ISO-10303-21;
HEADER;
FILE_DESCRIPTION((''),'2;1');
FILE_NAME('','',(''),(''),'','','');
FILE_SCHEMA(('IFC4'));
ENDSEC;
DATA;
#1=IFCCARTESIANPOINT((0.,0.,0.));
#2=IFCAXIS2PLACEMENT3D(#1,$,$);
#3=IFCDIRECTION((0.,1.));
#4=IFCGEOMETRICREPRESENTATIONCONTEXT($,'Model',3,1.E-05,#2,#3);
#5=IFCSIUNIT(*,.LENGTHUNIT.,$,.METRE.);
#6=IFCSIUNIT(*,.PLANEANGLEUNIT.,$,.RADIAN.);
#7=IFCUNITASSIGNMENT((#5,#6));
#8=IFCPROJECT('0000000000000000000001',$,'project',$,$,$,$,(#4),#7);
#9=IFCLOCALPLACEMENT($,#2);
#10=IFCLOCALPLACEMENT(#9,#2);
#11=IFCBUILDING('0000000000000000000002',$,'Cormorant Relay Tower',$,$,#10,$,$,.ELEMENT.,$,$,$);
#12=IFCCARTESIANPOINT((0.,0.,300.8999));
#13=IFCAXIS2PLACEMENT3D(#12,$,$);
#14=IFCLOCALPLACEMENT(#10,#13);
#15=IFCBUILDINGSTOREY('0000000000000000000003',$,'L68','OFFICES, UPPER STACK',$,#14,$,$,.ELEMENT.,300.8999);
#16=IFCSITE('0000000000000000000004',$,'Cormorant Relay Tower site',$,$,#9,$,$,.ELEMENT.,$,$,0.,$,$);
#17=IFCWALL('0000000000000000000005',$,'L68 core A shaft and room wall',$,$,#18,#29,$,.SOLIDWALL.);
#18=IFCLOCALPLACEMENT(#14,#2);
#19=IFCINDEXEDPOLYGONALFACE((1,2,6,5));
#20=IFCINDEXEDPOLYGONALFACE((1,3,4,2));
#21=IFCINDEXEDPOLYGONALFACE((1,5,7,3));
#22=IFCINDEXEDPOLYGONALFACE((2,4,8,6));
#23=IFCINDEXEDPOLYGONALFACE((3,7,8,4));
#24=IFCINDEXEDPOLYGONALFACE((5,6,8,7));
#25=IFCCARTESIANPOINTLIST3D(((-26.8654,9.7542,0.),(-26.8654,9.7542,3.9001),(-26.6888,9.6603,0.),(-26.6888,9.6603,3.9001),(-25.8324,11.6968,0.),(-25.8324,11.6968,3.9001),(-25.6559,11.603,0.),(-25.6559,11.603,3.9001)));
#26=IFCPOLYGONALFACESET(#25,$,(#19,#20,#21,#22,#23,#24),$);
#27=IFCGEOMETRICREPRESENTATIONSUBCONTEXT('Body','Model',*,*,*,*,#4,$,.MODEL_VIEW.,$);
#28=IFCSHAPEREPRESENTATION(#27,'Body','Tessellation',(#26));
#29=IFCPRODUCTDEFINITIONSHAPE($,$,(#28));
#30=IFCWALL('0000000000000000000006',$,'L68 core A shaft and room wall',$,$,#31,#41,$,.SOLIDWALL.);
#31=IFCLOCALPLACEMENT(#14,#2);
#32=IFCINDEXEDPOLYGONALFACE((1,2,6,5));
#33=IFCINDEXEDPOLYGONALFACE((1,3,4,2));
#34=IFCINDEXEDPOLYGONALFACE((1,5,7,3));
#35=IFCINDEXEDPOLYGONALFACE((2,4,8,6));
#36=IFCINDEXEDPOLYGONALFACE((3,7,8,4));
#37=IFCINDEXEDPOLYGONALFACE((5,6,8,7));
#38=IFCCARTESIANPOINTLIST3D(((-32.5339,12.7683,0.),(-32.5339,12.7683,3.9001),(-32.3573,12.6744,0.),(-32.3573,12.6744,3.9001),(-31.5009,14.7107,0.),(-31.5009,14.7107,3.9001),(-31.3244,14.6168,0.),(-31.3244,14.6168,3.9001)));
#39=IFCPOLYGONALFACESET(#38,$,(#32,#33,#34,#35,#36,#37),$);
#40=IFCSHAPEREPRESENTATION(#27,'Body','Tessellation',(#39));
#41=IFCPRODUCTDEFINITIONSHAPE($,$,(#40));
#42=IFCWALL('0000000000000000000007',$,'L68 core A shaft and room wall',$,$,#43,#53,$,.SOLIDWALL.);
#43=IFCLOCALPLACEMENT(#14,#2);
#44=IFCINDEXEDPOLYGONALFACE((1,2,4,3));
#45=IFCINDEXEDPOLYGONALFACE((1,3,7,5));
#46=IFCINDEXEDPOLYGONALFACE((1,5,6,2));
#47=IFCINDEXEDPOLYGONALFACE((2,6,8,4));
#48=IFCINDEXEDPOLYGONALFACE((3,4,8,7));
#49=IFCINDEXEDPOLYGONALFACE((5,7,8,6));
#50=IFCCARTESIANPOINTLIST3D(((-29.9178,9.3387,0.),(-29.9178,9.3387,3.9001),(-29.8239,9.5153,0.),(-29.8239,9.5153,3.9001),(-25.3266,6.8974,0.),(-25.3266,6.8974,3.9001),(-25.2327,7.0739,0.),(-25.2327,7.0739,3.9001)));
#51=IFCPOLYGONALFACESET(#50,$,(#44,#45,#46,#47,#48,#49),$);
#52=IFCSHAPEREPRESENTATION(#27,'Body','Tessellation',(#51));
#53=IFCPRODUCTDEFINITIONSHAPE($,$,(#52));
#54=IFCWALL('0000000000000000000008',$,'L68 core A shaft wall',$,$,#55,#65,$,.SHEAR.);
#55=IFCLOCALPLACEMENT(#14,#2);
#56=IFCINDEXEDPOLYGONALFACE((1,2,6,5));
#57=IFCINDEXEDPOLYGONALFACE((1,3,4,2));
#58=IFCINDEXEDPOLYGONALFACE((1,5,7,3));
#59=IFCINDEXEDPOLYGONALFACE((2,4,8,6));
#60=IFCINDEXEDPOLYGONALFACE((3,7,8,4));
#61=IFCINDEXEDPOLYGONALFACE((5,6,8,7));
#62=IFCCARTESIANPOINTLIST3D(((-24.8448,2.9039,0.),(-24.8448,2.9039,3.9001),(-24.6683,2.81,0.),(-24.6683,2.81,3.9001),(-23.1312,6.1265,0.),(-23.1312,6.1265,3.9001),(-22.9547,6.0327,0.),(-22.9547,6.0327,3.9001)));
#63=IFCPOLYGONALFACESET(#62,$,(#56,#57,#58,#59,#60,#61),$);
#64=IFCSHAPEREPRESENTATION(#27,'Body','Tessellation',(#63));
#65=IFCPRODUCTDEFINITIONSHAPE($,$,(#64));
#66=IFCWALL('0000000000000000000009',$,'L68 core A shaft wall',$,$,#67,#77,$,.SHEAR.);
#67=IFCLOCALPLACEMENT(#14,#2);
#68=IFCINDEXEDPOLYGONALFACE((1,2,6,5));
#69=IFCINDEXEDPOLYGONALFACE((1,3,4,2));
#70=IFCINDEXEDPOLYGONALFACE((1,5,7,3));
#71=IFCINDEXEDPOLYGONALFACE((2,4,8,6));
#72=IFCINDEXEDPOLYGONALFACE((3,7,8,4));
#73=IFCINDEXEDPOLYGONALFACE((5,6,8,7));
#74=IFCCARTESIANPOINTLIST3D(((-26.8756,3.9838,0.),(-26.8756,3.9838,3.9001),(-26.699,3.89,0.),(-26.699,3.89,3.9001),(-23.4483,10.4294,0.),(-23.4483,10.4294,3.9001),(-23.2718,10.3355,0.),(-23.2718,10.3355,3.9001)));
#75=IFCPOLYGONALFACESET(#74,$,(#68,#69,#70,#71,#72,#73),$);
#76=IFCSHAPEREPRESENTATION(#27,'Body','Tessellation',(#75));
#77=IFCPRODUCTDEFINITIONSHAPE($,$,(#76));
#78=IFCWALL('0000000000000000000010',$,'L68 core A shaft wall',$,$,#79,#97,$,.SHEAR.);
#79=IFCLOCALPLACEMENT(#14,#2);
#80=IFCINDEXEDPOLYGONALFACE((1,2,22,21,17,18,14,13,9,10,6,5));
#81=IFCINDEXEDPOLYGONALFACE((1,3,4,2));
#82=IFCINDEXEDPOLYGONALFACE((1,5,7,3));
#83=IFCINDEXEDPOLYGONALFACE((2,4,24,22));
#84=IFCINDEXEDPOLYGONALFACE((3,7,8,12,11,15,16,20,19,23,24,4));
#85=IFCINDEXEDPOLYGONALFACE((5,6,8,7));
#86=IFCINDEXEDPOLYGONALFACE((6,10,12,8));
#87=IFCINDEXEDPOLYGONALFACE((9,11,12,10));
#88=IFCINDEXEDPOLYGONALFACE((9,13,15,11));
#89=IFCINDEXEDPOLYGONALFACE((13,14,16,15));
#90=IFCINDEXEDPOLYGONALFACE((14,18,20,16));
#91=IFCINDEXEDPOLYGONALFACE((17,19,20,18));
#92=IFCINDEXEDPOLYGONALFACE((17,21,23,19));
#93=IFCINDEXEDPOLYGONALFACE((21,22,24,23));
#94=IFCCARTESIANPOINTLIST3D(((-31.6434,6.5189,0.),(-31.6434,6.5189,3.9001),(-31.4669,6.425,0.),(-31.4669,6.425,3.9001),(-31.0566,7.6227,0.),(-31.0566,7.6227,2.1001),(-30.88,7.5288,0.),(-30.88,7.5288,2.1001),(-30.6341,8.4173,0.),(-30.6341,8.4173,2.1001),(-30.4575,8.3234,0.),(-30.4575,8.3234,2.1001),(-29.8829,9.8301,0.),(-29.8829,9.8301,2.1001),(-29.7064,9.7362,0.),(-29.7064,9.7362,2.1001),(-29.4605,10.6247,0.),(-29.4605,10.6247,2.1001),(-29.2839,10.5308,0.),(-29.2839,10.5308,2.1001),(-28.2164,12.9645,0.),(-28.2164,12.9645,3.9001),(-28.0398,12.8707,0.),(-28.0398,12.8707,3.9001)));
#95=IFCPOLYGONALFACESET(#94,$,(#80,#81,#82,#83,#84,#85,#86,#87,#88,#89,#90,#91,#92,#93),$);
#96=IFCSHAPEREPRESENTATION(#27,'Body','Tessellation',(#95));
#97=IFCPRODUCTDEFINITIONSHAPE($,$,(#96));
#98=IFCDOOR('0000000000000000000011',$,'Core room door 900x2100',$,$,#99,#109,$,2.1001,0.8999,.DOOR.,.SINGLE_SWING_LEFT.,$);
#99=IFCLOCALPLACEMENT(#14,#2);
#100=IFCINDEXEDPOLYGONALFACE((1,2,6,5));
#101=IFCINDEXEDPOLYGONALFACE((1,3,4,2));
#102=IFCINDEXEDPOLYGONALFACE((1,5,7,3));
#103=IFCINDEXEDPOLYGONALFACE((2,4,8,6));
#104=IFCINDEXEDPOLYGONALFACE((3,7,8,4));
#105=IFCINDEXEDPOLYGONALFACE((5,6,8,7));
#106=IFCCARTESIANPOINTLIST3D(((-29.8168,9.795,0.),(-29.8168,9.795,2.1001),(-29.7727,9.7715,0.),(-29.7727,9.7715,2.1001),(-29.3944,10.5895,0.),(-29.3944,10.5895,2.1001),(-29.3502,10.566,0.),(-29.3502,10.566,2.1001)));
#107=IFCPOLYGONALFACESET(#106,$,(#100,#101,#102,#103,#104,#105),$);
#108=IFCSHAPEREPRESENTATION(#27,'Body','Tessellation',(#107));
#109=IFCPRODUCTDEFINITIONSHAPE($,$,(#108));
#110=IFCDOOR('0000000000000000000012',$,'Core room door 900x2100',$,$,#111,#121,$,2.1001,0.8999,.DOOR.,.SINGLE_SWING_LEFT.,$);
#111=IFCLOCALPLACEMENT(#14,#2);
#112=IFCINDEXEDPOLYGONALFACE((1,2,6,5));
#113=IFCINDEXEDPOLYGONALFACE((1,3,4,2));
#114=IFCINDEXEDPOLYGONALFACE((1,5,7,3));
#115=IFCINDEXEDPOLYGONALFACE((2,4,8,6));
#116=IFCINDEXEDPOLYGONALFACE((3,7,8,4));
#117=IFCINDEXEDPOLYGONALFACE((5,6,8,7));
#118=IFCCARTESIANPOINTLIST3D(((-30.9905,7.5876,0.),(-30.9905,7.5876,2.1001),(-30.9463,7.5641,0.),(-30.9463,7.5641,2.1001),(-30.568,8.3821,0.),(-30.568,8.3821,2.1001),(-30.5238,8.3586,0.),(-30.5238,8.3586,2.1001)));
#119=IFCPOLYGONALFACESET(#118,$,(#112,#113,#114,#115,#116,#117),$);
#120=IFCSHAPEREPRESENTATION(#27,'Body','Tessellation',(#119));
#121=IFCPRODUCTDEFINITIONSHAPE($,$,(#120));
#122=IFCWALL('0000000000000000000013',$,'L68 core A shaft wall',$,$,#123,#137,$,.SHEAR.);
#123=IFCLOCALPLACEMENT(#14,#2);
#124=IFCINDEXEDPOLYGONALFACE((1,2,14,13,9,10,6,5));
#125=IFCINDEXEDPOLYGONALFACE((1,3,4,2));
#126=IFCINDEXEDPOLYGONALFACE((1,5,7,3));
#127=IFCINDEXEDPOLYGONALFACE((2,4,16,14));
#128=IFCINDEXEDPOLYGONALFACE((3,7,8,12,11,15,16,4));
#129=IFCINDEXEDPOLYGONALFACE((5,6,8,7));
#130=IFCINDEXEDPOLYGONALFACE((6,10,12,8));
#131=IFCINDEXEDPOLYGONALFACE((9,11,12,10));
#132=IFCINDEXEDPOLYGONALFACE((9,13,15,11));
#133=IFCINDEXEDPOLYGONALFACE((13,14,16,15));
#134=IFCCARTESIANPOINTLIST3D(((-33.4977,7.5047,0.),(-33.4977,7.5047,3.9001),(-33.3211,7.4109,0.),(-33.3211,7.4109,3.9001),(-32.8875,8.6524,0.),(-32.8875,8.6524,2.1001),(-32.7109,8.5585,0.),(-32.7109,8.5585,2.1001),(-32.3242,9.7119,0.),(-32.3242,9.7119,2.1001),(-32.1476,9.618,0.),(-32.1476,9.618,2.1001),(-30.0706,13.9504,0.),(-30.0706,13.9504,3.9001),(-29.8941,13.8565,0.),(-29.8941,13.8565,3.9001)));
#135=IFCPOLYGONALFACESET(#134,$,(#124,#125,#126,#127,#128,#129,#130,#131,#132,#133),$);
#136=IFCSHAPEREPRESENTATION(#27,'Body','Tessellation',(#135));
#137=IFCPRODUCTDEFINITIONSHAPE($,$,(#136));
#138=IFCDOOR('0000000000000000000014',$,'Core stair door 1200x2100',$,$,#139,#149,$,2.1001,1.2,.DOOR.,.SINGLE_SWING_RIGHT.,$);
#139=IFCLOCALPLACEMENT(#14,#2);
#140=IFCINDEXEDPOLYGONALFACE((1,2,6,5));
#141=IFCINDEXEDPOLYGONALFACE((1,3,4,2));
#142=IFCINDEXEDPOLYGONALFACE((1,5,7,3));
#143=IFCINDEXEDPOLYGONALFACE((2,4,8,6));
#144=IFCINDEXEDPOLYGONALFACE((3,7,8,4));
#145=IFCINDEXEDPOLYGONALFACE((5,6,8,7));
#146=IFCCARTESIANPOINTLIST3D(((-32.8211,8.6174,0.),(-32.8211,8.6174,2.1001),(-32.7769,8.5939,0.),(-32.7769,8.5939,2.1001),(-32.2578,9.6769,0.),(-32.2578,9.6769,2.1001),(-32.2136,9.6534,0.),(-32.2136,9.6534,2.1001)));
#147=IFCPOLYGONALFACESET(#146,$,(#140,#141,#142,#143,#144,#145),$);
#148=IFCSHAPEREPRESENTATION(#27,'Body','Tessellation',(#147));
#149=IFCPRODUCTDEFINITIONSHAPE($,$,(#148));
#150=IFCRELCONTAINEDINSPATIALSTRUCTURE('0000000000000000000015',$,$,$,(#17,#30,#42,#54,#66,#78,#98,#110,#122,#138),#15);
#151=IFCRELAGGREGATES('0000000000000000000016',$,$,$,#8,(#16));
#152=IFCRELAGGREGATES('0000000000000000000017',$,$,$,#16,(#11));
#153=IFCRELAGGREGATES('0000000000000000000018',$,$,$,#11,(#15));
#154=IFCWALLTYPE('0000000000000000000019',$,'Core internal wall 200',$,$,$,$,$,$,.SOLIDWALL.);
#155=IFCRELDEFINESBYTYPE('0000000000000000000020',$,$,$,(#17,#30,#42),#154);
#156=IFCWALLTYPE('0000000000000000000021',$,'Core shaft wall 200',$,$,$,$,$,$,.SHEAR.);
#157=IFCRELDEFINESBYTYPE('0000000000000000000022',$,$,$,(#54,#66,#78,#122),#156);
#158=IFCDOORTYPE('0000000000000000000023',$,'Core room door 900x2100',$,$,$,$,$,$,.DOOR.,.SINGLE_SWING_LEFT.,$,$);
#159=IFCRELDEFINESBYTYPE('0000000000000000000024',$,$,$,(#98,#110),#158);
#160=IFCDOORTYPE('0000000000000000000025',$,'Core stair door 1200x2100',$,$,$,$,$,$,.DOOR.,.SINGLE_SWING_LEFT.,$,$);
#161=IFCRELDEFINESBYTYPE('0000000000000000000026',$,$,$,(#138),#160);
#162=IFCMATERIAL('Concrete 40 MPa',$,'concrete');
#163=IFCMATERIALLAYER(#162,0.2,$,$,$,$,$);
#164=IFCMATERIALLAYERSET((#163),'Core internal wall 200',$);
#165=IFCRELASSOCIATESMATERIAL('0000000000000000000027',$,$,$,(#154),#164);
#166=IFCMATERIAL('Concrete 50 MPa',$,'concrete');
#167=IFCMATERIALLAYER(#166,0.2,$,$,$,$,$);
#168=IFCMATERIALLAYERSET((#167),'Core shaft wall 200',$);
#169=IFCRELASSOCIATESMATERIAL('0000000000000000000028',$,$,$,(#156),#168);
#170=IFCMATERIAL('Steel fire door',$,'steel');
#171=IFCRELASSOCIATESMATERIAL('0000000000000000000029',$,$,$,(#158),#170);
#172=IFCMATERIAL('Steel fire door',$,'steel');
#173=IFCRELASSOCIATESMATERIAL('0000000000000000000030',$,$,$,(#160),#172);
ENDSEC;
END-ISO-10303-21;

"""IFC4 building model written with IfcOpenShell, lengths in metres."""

from ifc_helpers import new_model, si_unit, direction, frame, frame_2d, origin, place, context, subcontext, project, spatial, rectangle, extrude, material, layer, layer_set, type_object, element, fill, save


model = new_model("IFC4")

# Units and contexts
model_context = context("Model", 3, precision=1e-05, world=origin(), true_north=direction((0.0, 1.0)))
body_context = subcontext(model_context, "Body", "Model", "MODEL_VIEW")
ifc_project = project(units=[si_unit("LENGTHUNIT", "METRE"), si_unit("PLANEANGLEUNIT", "RADIAN")], contexts=[model_context])

# Site, building, storey
site_placement = place(None, origin())
site = spatial("IfcSite", under=ifc_project, at=site_placement, Name="Cormorant Relay Tower site", CompositionType="ELEMENT", RefElevation=0.0)
building_placement = place(site_placement, origin())
building = spatial("IfcBuilding", under=site, at=building_placement, Name="Cormorant Relay Tower", CompositionType="ELEMENT")
storey_placement = place(building_placement, frame((0.0, 0.0, 300.8999)))
storey = spatial("IfcBuildingStorey", under=building, at=storey_placement, Name="L68", Description="OFFICES, UPPER STACK", CompositionType="ELEMENT", Elevation=300.8999)

# Walls
ifc_material_1 = material(Name="Concrete 40 MPa", Category="concrete")
ifc_layer_1 = layer(ifc_material_1, 0.2)
ifc_layer_set_1 = layer_set([ifc_layer_1], Name="Core internal wall 200")
wall_type_1 = type_object("IfcWallType", Name="Core internal wall 200", PredefinedType="SOLIDWALL", material=ifc_layer_set_1)
wall_1_placement = place(storey_placement, frame((-25.7441, 11.6499, 0.0), z_axis=(0.0, 0.0, 1.0), x_axis=(-0.469488, -0.882939, 0.0)))
element("IfcWall", 1, at=wall_1_placement, inside=storey, type_object=wall_type_1, Name="L68 core A shaft and room wall", PredefinedType="SOLIDWALL", context=body_context, shape_type="SweptSolid", body=[
    extrude(rectangle(XDim=2.2002, YDim=0.2, at=frame_2d((1.1001, 0.0))), origin(), (0.0, 0.0, 1.0), 3.9001),
])
wall_2_placement = place(storey_placement, frame((-31.4126, 14.6638, 0.0), z_axis=(0.0, 0.0, 1.0), x_axis=(-0.469534, -0.882914, 0.0)))
element("IfcWall", 2, at=wall_2_placement, inside=storey, type_object=wall_type_1, Name="L68 core A shaft and room wall", PredefinedType="SOLIDWALL", context=body_context, shape_type="SweptSolid", body=[
    extrude(rectangle(XDim=2.2, YDim=0.2, at=frame_2d((1.1001, 0.0))), origin(), (0.0, 0.0, 1.0), 3.9001),
])
wall_3_placement = place(storey_placement, frame((-25.2795, 6.9856, 0.0), z_axis=(0.0, 0.0, 1.0), x_axis=(-0.882935, 0.469496, 0.0)))
element("IfcWall", 3, at=wall_3_placement, inside=storey, type_object=wall_type_1, Name="L68 core A shaft and room wall", PredefinedType="SOLIDWALL", context=body_context, shape_type="SweptSolid", body=[
    extrude(rectangle(XDim=5.2, YDim=0.2, at=frame_2d((2.6001, 0.0))), origin(), (0.0, 0.0, 1.0), 3.9001),
])
ifc_material_2 = material(Name="Concrete 50 MPa", Category="concrete")
ifc_layer_2 = layer(ifc_material_2, 0.2)
ifc_layer_set_2 = layer_set([ifc_layer_2], Name="Core shaft wall 200")
wall_type_2 = type_object("IfcWallType", Name="Core shaft wall 200", PredefinedType="SHEAR", material=ifc_layer_set_2)
wall_4_placement = place(storey_placement, frame((-23.043, 6.0796, 0.0), z_axis=(0.0, 0.0, 1.0), x_axis=(-0.469494, -0.882936, 0.0)))
element("IfcWall", 4, at=wall_4_placement, inside=storey, type_object=wall_type_2, Name="L68 core A shaft wall", PredefinedType="SHEAR", context=body_context, shape_type="SweptSolid", body=[
    extrude(rectangle(XDim=3.6499, YDim=0.2, at=frame_2d((1.825, 0.0))), origin(), (0.0, 0.0, 1.0), 3.9001),
])
wall_5_placement = place(storey_placement, frame((-23.3601, 10.3823, 0.0), z_axis=(0.0, 0.0, 1.0), x_axis=(-0.46948, -0.882943, 0.0)))
element("IfcWall", 5, at=wall_5_placement, inside=storey, type_object=wall_type_2, Name="L68 core A shaft wall", PredefinedType="SHEAR", context=body_context, shape_type="SweptSolid", body=[
    extrude(rectangle(XDim=7.3, YDim=0.2, at=frame_2d((3.6499, 0.0))), origin(), (0.0, 0.0, 1.0), 3.9001),
])

# Wall, openings, doors
wall_6_placement = place(storey_placement, frame((-28.1282, 12.9175, 0.0), z_axis=(0.0, 0.0, 1.0), x_axis=(-0.469454, -0.882957, 0.0)))
wall_6 = element("IfcWall", 6, at=wall_6_placement, inside=storey, type_object=wall_type_2, Name="L68 core A shaft wall", PredefinedType="SHEAR", context=body_context, shape_type="SweptSolid", body=[
    extrude(rectangle(XDim=7.3, YDim=0.2, at=frame_2d((3.6499, 0.0))), origin(), (0.0, 0.0, 1.0), 3.9001),
])
opening_1_placement = place(wall_6_placement, frame((2.6499, 0.0, 0.0)))
opening_1 = element("IfcOpeningElement", 7, at=opening_1_placement, cuts=wall_6, PredefinedType="OPENING", context=body_context, shape_type="SweptSolid", body=[
    extrude(rectangle(XDim=0.8999, YDim=2.1001, at=frame_2d((0.45, 1.05))), frame((0.0, 0.1099, 0.0), z_axis=(0.0, -1.0, 0.0), x_axis=(1.0, 0.0, 0.0)), (0.0, 0.0, 1.0), 0.22),
])
opening_2_placement = place(wall_6_placement, frame((5.1499, 0.0, 0.0)))
opening_2 = element("IfcOpeningElement", 8, at=opening_2_placement, cuts=wall_6, PredefinedType="OPENING", context=body_context, shape_type="SweptSolid", body=[
    extrude(rectangle(XDim=0.8999, YDim=2.1001, at=frame_2d((0.45, 1.05))), frame((0.0, 0.1099, 0.0), z_axis=(0.0, -1.0, 0.0), x_axis=(1.0, 0.0, 0.0)), (0.0, 0.0, 1.0), 0.22),
])
ifc_material_3 = material(Name="Steel fire door", Category="steel")
door_type_1 = type_object("IfcDoorType", Name="Core room door 900x2100", OperationType="SINGLE_SWING_LEFT", PredefinedType="DOOR", material=ifc_material_3)
door_1_placement = place(opening_1_placement, origin())
door_1 = element("IfcDoor", 9, at=door_1_placement, inside=storey, type_object=door_type_1, Name="Core room door 900x2100", OperationType="SINGLE_SWING_LEFT", OverallHeight=2.1001, OverallWidth=0.8999, PredefinedType="DOOR", context=body_context, shape_type="SweptSolid", body=[
    extrude(rectangle(XDim=0.8999, YDim=2.1001, at=frame_2d((0.45, 1.05))), frame((0.0, 0.0249, 0.0), z_axis=(0.0, -1.0, 0.0), x_axis=(1.0, 0.0, 0.0)), (0.0, 0.0, 1.0), 0.05),
])
fill(opening_1, door_1)
door_2_placement = place(opening_2_placement, origin())
door_2 = element("IfcDoor", 10, at=door_2_placement, inside=storey, type_object=door_type_1, Name="Core room door 900x2100", OperationType="SINGLE_SWING_LEFT", OverallHeight=2.1001, OverallWidth=0.8999, PredefinedType="DOOR", context=body_context, shape_type="SweptSolid", body=[
    extrude(rectangle(XDim=0.8999, YDim=2.1001, at=frame_2d((0.45, 1.05))), frame((0.0, 0.0249, 0.0), z_axis=(0.0, -1.0, 0.0), x_axis=(1.0, 0.0, 0.0)), (0.0, 0.0, 1.0), 0.05),
])
fill(opening_2, door_2)

# Wall, opening, door
wall_7_placement = place(storey_placement, frame((-29.9824, 13.9033, 0.0), z_axis=(0.0, 0.0, 1.0), x_axis=(-0.469454, -0.882957, 0.0)))
wall_7 = element("IfcWall", 11, at=wall_7_placement, inside=storey, type_object=wall_type_2, Name="L68 core A shaft wall", PredefinedType="SHEAR", context=body_context, shape_type="SweptSolid", body=[
    extrude(rectangle(XDim=7.3, YDim=0.2, at=frame_2d((3.6499, 0.0))), origin(), (0.0, 0.0, 1.0), 3.9001),
])
opening_3_placement = place(wall_7_placement, frame((4.8, 0.0, 0.0)))
opening_3 = element("IfcOpeningElement", 12, at=opening_3_placement, cuts=wall_7, PredefinedType="OPENING", context=body_context, shape_type="SweptSolid", body=[
    extrude(rectangle(XDim=1.2, YDim=2.1001, at=frame_2d((0.6001, 1.05))), frame((0.0, 0.1099, 0.0), z_axis=(0.0, -1.0, 0.0), x_axis=(1.0, 0.0, 0.0)), (0.0, 0.0, 1.0), 0.22),
])
ifc_material_4 = material(Name="Steel fire door", Category="steel")
door_type_2 = type_object("IfcDoorType", Name="Core stair door 1200x2100", OperationType="SINGLE_SWING_LEFT", PredefinedType="DOOR", material=ifc_material_4)
door_3_placement = place(opening_3_placement, frame((1.2, 0.0, 0.0), z_axis=(0.0, 0.0, 1.0), x_axis=(-1.0, 0.0, 0.0)))
door_3 = element("IfcDoor", 13, at=door_3_placement, inside=storey, type_object=door_type_2, Name="Core stair door 1200x2100", OperationType="SINGLE_SWING_RIGHT", OverallHeight=2.1001, OverallWidth=1.2, PredefinedType="DOOR", context=body_context, shape_type="SweptSolid", body=[
    extrude(rectangle(XDim=1.2, YDim=2.1001, at=frame_2d((0.6001, 1.05))), frame((0.0, 0.0249, 0.0), z_axis=(0.0, -1.0, 0.0), x_axis=(1.0, 0.0, 0.0)), (0.0, 0.0, 1.0), 0.05),
])
fill(opening_3, door_3)

save(model, "model.ifc")
